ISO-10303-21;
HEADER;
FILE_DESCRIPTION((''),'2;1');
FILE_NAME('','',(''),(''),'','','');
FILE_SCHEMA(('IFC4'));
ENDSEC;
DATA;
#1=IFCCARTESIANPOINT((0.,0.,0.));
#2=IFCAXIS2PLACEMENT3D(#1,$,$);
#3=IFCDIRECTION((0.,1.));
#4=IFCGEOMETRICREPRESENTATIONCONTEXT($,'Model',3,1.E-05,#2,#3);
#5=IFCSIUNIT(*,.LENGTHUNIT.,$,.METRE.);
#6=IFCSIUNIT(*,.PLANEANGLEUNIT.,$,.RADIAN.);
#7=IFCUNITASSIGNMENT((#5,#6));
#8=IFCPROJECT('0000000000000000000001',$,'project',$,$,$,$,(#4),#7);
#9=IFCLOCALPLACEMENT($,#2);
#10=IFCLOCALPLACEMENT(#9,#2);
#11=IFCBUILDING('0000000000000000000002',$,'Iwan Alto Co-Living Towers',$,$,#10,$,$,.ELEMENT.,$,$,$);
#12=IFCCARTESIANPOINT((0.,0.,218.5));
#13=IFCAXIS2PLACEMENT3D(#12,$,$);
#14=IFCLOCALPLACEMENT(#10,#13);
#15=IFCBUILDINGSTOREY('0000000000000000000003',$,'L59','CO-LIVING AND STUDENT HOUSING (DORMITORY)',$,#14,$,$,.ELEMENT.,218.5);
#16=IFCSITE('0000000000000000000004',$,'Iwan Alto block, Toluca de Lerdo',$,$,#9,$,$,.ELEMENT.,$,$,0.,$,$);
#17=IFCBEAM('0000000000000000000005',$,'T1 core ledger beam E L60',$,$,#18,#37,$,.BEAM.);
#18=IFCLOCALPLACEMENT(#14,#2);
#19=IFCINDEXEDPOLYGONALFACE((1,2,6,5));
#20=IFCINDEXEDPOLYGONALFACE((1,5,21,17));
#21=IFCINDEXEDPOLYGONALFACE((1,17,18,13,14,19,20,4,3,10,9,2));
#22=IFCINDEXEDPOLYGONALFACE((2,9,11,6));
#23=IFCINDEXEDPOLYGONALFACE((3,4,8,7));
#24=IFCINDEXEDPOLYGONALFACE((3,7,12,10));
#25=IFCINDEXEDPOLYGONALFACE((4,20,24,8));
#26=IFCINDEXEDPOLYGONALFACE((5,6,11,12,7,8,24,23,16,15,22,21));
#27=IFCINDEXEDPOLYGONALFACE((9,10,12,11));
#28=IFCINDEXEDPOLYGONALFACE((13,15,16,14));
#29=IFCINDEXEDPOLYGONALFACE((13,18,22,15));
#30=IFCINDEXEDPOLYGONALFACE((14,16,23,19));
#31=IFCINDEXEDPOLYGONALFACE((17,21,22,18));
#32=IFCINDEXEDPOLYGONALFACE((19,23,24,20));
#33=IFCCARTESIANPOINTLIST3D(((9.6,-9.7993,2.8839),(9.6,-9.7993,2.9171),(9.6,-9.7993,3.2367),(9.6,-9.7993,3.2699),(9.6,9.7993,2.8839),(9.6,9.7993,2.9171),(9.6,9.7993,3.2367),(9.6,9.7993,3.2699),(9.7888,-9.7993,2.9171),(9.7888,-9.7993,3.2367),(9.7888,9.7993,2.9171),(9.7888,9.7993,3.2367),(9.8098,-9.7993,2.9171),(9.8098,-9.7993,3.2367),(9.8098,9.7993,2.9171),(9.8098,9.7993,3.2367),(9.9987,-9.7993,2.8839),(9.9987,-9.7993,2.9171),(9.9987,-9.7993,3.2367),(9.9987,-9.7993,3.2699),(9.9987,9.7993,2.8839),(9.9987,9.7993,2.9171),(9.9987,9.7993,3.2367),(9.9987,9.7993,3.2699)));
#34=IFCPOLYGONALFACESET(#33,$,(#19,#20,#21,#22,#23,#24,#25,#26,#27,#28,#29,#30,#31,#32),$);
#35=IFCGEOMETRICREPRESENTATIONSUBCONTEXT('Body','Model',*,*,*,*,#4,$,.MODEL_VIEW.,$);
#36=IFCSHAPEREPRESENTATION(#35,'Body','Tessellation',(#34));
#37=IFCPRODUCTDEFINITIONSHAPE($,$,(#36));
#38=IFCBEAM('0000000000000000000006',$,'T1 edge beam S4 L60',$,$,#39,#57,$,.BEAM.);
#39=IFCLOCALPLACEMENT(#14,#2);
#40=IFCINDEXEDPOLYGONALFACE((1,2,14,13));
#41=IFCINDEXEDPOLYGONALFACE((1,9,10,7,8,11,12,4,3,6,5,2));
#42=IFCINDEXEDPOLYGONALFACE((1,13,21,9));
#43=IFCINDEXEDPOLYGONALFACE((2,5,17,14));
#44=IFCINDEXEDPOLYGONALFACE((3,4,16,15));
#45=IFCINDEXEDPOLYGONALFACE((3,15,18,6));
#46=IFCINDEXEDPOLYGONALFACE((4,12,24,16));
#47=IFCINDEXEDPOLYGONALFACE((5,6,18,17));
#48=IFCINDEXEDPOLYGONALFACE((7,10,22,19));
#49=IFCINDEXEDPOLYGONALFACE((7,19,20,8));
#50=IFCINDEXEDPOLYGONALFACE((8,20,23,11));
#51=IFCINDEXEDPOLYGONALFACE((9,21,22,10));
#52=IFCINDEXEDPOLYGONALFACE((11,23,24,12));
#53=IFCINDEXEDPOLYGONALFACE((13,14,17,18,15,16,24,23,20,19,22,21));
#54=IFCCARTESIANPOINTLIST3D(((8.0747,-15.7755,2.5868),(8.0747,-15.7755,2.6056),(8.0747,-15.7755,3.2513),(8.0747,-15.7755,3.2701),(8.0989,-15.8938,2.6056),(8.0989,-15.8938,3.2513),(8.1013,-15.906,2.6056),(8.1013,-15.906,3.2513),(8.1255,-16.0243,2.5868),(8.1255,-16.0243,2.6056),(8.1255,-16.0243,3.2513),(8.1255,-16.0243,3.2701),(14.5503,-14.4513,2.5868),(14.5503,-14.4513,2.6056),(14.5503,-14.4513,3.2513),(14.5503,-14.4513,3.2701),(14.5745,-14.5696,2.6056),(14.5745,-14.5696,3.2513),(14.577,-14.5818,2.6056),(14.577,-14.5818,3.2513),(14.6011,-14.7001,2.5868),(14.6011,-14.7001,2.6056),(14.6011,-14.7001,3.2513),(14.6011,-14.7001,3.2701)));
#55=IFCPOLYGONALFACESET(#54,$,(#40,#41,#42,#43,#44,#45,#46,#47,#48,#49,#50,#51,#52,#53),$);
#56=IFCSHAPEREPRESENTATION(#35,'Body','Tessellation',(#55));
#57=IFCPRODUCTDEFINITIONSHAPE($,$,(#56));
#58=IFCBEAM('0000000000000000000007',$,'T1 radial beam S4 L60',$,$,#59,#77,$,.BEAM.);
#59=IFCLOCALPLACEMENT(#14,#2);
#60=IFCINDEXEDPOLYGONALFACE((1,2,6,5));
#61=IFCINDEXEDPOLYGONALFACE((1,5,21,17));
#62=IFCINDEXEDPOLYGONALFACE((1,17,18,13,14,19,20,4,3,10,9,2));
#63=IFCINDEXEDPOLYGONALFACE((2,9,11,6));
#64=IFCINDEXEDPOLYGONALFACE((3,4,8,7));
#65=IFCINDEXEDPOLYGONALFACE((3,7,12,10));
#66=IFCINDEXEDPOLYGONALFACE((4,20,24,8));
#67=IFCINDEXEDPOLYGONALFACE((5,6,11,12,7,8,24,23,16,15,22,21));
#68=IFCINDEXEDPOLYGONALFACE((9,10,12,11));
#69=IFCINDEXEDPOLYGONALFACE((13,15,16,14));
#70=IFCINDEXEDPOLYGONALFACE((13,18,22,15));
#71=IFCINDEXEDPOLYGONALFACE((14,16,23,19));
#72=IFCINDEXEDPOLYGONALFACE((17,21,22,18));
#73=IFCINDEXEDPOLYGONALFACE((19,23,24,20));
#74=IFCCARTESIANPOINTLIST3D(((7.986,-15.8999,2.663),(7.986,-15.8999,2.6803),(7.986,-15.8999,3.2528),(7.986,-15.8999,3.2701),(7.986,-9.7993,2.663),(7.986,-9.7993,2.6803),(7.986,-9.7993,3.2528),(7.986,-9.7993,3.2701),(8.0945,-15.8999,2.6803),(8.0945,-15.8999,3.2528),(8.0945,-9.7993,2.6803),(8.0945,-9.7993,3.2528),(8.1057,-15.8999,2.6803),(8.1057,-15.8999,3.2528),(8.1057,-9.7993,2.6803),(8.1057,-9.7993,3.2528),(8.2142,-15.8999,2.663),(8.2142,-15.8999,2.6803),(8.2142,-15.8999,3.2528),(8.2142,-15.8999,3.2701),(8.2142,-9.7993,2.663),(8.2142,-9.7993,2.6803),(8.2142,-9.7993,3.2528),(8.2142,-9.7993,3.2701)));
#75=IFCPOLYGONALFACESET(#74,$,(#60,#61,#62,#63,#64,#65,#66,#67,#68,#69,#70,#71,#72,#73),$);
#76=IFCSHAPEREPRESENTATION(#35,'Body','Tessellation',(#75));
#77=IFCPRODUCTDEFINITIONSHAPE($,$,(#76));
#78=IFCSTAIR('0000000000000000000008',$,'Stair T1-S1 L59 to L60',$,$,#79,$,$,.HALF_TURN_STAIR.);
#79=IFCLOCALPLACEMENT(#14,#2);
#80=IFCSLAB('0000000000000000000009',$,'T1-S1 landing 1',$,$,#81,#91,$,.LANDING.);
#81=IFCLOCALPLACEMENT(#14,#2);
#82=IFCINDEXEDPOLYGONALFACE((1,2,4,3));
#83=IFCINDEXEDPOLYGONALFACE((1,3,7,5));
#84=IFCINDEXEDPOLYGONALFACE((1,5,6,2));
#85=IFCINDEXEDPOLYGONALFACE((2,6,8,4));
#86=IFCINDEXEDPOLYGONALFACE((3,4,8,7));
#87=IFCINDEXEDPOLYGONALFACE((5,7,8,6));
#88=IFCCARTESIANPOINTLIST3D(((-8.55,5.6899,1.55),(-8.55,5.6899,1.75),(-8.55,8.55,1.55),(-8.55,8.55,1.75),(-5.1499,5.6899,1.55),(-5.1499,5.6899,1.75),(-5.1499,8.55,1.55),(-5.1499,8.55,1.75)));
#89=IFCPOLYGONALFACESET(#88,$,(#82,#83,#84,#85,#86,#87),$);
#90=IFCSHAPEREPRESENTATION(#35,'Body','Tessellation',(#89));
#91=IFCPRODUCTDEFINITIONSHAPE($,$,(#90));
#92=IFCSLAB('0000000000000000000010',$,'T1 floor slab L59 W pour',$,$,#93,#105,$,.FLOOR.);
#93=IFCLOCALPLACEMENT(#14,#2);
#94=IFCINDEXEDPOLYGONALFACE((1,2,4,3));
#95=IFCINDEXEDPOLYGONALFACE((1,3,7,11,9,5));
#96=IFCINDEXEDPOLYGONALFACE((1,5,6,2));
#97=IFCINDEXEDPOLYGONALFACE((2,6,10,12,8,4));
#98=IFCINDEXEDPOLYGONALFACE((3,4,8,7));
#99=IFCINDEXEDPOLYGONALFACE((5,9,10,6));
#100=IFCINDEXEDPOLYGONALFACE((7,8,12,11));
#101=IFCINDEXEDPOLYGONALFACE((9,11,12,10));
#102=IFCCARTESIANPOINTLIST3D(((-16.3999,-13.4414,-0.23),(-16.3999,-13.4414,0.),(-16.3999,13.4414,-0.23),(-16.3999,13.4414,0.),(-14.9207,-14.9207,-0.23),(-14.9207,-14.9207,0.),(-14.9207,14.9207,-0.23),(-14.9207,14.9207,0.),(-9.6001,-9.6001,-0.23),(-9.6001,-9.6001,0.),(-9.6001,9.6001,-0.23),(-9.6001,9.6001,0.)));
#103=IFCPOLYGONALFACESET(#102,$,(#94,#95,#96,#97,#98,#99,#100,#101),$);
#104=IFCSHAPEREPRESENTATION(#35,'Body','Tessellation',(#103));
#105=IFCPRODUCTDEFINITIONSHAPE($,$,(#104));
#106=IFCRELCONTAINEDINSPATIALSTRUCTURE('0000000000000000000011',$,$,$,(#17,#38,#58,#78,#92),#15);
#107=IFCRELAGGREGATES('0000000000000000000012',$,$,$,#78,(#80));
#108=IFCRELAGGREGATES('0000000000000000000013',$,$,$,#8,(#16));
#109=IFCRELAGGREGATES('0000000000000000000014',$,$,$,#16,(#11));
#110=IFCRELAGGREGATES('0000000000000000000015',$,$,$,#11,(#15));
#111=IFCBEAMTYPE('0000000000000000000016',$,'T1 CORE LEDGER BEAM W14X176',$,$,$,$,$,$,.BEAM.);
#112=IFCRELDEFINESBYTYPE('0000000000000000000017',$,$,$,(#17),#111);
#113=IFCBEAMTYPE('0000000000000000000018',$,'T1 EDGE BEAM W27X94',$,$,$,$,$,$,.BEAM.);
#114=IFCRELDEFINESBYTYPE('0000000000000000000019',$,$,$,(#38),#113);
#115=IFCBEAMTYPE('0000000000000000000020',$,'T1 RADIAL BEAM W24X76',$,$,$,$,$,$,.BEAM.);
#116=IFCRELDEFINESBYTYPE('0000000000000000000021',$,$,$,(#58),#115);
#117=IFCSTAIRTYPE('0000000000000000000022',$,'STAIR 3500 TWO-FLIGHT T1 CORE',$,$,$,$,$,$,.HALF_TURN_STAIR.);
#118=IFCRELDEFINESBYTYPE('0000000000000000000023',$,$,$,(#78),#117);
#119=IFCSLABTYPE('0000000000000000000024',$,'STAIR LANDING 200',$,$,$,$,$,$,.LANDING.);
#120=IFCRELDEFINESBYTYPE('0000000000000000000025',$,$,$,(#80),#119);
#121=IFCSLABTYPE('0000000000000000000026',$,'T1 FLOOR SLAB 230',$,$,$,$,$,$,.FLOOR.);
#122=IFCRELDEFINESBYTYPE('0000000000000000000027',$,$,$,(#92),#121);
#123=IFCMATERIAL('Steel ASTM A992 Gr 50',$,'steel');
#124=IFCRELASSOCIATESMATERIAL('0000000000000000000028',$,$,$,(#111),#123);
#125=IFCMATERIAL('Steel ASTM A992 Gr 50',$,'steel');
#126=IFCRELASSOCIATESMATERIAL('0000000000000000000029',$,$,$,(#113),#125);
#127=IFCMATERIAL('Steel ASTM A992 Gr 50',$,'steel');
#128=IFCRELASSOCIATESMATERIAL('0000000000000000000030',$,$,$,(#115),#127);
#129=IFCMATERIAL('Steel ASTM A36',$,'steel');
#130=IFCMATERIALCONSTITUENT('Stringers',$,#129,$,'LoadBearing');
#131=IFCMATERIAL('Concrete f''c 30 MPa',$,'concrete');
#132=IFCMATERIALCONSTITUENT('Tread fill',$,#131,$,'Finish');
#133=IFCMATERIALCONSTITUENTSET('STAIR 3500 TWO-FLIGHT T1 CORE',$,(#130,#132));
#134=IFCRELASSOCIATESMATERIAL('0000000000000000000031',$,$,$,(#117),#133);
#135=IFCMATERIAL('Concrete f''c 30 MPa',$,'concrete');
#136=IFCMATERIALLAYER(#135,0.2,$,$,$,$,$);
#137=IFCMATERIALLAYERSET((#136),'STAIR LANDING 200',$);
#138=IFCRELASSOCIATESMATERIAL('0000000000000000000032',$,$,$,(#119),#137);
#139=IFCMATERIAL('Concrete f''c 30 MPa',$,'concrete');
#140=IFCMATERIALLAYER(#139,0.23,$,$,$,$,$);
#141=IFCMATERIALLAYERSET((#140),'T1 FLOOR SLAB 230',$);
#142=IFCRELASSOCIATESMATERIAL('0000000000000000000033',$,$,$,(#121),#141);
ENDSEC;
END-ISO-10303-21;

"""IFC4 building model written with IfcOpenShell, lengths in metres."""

from ifc_helpers import new_model, si_unit, direction, frame, origin, origin_2d, place, context, subcontext, project, spatial, polyline, i_section, outline, extrude, material, layer, layer_set, constituent, constituent_set, material_profile, profile_set, type_object, element, aggregate, save


model = new_model("IFC4")

# Units and contexts
model_context = context("Model", 3, precision=1e-05, world=origin(), true_north=direction((0.0, 1.0)))
body_context = subcontext(model_context, "Body", "Model", "MODEL_VIEW")
ifc_project = project(units=[si_unit("LENGTHUNIT", "METRE"), si_unit("PLANEANGLEUNIT", "RADIAN")], contexts=[model_context])

# Site, building, storey
site_placement = place(None, origin())
site = spatial("IfcSite", under=ifc_project, at=site_placement, Name="Iwan Alto block, Toluca de Lerdo", CompositionType="ELEMENT", RefElevation=0.0)
building_placement = place(site_placement, origin())
building = spatial("IfcBuilding", under=site, at=building_placement, Name="Iwan Alto Co-Living Towers", CompositionType="ELEMENT")
storey_placement = place(building_placement, frame((0.0, 0.0, 218.5)))
storey = spatial("IfcBuildingStorey", under=building, at=storey_placement, Name="L59", Description="CO-LIVING AND STUDENT HOUSING (DORMITORY)", CompositionType="ELEMENT", Elevation=218.5)

# Beams
ifc_material_1 = material(Name="Steel ASTM A992 Gr 50", Category="steel")
ifc_material_profile_1 = material_profile(ifc_material_1, i_section(OverallWidth=0.3987, OverallDepth=0.386, WebThickness=0.021, FlangeThickness=0.0332, at=origin_2d()), Name="W14X176")
ifc_profile_set_1 = profile_set([ifc_material_profile_1], Name="Steel ASTM A992 Gr 50")
beam_type_1 = type_object("IfcBeamType", Name="T1 CORE LEDGER BEAM W14X176", PredefinedType="BEAM", material=ifc_profile_set_1)
beam_1_placement = place(storey_placement, frame((9.7993, -9.7993, 3.0769), z_axis=(0.0, 1.0, 0.0), x_axis=(-1.0, 0.0, 0.0)))
element("IfcBeam", 1, at=beam_1_placement, inside=storey, type_object=beam_type_1, Name="T1 core ledger beam E L60", PredefinedType="BEAM", context=body_context, shape_type="SweptSolid", body=[
    extrude(i_section(OverallWidth=0.3987, OverallDepth=0.386, WebThickness=0.021, FlangeThickness=0.0332, at=origin_2d()), origin(), (0.0, 0.0, 1.0), 19.5986),
])
ifc_material_2 = material(Name="Steel ASTM A992 Gr 50", Category="steel")
ifc_material_profile_2 = material_profile(ifc_material_2, i_section(OverallWidth=0.2539, OverallDepth=0.6833, WebThickness=0.0125, FlangeThickness=0.0188, at=origin_2d()), Name="W27X94")
ifc_profile_set_2 = profile_set([ifc_material_profile_2], Name="Steel ASTM A992 Gr 50")
beam_type_2 = type_object("IfcBeamType", Name="T1 EDGE BEAM W27X94", PredefinedType="BEAM", material=ifc_profile_set_2)
beam_2_placement = place(storey_placement, frame((8.1001, -15.8999, 2.9285), z_axis=(0.979725, 0.200348, 0.0), x_axis=(-0.200348, 0.979725, 0.0)))
element("IfcBeam", 2, at=beam_2_placement, inside=storey, type_object=beam_type_2, Name="T1 edge beam S4 L60", PredefinedType="BEAM", context=body_context, shape_type="SweptSolid", body=[
    extrude(i_section(OverallWidth=0.2539, OverallDepth=0.6833, WebThickness=0.0125, FlangeThickness=0.0188, at=origin_2d()), origin(), (0.0, 0.0, 1.0), 6.6096),
])
ifc_material_3 = material(Name="Steel ASTM A992 Gr 50", Category="steel")
ifc_material_profile_3 = material_profile(ifc_material_3, i_section(OverallWidth=0.2283, OverallDepth=0.6072, WebThickness=0.0112, FlangeThickness=0.0173, at=origin_2d()), Name="W24X76")
ifc_profile_set_3 = profile_set([ifc_material_profile_3], Name="Steel ASTM A992 Gr 50")
beam_type_3 = type_object("IfcBeamType", Name="T1 RADIAL BEAM W24X76", PredefinedType="BEAM", material=ifc_profile_set_3)
beam_3_placement = place(storey_placement, frame((8.1001, -15.8999, 2.9666), z_axis=(0.0, 1.0, 0.0), x_axis=(-1.0, 0.0, 0.0)))
element("IfcBeam", 3, at=beam_3_placement, inside=storey, type_object=beam_type_3, Name="T1 radial beam S4 L60", PredefinedType="BEAM", context=body_context, shape_type="SweptSolid", body=[
    extrude(i_section(OverallWidth=0.2283, OverallDepth=0.6072, WebThickness=0.0112, FlangeThickness=0.0173, at=origin_2d()), origin(), (0.0, 0.0, 1.0), 6.1006),
])

# Stair, slab
ifc_material_4 = material(Name="Steel ASTM A36", Category="steel")
ifc_constituent_1 = constituent(ifc_material_4, Name="Stringers", Category="LoadBearing")
ifc_material_5 = material(Name="Concrete f'c 30 MPa", Category="concrete")
ifc_constituent_2 = constituent(ifc_material_5, Name="Tread fill", Category="Finish")
ifc_constituent_set_1 = constituent_set(constituents=[ifc_constituent_1, ifc_constituent_2], Name="STAIR 3500 TWO-FLIGHT T1 CORE")
stair_type = type_object("IfcStairType", Name="STAIR 3500 TWO-FLIGHT T1 CORE", PredefinedType="HALF_TURN_STAIR", material=ifc_constituent_set_1)
stair_1_placement = place(storey_placement, origin())
stair_1 = element("IfcStair", 4, at=stair_1_placement, inside=storey, type_object=stair_type, Name="Stair T1-S1 L59 to L60", PredefinedType="HALF_TURN_STAIR")
ifc_material_6 = material(Name="Concrete f'c 30 MPa", Category="concrete")
ifc_layer_1 = layer(ifc_material_6, 0.2)
ifc_layer_set_1 = layer_set([ifc_layer_1], Name="STAIR LANDING 200")
slab_type_1 = type_object("IfcSlabType", Name="STAIR LANDING 200", PredefinedType="LANDING", material=ifc_layer_set_1)
slab_1_placement = place(storey_placement, frame((0.0, 0.0, 1.55)))
slab_1 = element("IfcSlab", 5, at=slab_1_placement, type_object=slab_type_1, Name="T1-S1 landing 1", PredefinedType="LANDING", context=body_context, shape_type="SweptSolid", body=[
    extrude(outline(polyline([(-8.55, 5.6899), (-8.55, 8.55), (-5.1499, 8.55), (-5.1499, 5.6899), (-8.55, 5.6899)])), origin(), (0.0, 0.0, 1.0), 0.2),
])
aggregate(stair_1, [slab_1])

# Slab
ifc_material_7 = material(Name="Concrete f'c 30 MPa", Category="concrete")
ifc_layer_2 = layer(ifc_material_7, 0.23)
ifc_layer_set_2 = layer_set([ifc_layer_2], Name="T1 FLOOR SLAB 230")
slab_type_2 = type_object("IfcSlabType", Name="T1 FLOOR SLAB 230", PredefinedType="FLOOR", material=ifc_layer_set_2)
slab_2_placement = place(storey_placement, frame((0.0, 0.0, -0.23)))
element("IfcSlab", 6, at=slab_2_placement, inside=storey, type_object=slab_type_2, Name="T1 floor slab L59 W pour", PredefinedType="FLOOR", context=body_context, shape_type="SweptSolid", body=[
    extrude(outline(polyline([(-16.3999, 13.4414), (-14.9207, 14.9207), (-9.6001, 9.6001), (-9.6001, -9.6001), (-14.9207, -14.9207), (-16.3999, -13.4414), (-16.3999, 13.4414)])), origin(), (0.0, 0.0, 1.0), 0.23),
])

save(model, "model.ifc")
